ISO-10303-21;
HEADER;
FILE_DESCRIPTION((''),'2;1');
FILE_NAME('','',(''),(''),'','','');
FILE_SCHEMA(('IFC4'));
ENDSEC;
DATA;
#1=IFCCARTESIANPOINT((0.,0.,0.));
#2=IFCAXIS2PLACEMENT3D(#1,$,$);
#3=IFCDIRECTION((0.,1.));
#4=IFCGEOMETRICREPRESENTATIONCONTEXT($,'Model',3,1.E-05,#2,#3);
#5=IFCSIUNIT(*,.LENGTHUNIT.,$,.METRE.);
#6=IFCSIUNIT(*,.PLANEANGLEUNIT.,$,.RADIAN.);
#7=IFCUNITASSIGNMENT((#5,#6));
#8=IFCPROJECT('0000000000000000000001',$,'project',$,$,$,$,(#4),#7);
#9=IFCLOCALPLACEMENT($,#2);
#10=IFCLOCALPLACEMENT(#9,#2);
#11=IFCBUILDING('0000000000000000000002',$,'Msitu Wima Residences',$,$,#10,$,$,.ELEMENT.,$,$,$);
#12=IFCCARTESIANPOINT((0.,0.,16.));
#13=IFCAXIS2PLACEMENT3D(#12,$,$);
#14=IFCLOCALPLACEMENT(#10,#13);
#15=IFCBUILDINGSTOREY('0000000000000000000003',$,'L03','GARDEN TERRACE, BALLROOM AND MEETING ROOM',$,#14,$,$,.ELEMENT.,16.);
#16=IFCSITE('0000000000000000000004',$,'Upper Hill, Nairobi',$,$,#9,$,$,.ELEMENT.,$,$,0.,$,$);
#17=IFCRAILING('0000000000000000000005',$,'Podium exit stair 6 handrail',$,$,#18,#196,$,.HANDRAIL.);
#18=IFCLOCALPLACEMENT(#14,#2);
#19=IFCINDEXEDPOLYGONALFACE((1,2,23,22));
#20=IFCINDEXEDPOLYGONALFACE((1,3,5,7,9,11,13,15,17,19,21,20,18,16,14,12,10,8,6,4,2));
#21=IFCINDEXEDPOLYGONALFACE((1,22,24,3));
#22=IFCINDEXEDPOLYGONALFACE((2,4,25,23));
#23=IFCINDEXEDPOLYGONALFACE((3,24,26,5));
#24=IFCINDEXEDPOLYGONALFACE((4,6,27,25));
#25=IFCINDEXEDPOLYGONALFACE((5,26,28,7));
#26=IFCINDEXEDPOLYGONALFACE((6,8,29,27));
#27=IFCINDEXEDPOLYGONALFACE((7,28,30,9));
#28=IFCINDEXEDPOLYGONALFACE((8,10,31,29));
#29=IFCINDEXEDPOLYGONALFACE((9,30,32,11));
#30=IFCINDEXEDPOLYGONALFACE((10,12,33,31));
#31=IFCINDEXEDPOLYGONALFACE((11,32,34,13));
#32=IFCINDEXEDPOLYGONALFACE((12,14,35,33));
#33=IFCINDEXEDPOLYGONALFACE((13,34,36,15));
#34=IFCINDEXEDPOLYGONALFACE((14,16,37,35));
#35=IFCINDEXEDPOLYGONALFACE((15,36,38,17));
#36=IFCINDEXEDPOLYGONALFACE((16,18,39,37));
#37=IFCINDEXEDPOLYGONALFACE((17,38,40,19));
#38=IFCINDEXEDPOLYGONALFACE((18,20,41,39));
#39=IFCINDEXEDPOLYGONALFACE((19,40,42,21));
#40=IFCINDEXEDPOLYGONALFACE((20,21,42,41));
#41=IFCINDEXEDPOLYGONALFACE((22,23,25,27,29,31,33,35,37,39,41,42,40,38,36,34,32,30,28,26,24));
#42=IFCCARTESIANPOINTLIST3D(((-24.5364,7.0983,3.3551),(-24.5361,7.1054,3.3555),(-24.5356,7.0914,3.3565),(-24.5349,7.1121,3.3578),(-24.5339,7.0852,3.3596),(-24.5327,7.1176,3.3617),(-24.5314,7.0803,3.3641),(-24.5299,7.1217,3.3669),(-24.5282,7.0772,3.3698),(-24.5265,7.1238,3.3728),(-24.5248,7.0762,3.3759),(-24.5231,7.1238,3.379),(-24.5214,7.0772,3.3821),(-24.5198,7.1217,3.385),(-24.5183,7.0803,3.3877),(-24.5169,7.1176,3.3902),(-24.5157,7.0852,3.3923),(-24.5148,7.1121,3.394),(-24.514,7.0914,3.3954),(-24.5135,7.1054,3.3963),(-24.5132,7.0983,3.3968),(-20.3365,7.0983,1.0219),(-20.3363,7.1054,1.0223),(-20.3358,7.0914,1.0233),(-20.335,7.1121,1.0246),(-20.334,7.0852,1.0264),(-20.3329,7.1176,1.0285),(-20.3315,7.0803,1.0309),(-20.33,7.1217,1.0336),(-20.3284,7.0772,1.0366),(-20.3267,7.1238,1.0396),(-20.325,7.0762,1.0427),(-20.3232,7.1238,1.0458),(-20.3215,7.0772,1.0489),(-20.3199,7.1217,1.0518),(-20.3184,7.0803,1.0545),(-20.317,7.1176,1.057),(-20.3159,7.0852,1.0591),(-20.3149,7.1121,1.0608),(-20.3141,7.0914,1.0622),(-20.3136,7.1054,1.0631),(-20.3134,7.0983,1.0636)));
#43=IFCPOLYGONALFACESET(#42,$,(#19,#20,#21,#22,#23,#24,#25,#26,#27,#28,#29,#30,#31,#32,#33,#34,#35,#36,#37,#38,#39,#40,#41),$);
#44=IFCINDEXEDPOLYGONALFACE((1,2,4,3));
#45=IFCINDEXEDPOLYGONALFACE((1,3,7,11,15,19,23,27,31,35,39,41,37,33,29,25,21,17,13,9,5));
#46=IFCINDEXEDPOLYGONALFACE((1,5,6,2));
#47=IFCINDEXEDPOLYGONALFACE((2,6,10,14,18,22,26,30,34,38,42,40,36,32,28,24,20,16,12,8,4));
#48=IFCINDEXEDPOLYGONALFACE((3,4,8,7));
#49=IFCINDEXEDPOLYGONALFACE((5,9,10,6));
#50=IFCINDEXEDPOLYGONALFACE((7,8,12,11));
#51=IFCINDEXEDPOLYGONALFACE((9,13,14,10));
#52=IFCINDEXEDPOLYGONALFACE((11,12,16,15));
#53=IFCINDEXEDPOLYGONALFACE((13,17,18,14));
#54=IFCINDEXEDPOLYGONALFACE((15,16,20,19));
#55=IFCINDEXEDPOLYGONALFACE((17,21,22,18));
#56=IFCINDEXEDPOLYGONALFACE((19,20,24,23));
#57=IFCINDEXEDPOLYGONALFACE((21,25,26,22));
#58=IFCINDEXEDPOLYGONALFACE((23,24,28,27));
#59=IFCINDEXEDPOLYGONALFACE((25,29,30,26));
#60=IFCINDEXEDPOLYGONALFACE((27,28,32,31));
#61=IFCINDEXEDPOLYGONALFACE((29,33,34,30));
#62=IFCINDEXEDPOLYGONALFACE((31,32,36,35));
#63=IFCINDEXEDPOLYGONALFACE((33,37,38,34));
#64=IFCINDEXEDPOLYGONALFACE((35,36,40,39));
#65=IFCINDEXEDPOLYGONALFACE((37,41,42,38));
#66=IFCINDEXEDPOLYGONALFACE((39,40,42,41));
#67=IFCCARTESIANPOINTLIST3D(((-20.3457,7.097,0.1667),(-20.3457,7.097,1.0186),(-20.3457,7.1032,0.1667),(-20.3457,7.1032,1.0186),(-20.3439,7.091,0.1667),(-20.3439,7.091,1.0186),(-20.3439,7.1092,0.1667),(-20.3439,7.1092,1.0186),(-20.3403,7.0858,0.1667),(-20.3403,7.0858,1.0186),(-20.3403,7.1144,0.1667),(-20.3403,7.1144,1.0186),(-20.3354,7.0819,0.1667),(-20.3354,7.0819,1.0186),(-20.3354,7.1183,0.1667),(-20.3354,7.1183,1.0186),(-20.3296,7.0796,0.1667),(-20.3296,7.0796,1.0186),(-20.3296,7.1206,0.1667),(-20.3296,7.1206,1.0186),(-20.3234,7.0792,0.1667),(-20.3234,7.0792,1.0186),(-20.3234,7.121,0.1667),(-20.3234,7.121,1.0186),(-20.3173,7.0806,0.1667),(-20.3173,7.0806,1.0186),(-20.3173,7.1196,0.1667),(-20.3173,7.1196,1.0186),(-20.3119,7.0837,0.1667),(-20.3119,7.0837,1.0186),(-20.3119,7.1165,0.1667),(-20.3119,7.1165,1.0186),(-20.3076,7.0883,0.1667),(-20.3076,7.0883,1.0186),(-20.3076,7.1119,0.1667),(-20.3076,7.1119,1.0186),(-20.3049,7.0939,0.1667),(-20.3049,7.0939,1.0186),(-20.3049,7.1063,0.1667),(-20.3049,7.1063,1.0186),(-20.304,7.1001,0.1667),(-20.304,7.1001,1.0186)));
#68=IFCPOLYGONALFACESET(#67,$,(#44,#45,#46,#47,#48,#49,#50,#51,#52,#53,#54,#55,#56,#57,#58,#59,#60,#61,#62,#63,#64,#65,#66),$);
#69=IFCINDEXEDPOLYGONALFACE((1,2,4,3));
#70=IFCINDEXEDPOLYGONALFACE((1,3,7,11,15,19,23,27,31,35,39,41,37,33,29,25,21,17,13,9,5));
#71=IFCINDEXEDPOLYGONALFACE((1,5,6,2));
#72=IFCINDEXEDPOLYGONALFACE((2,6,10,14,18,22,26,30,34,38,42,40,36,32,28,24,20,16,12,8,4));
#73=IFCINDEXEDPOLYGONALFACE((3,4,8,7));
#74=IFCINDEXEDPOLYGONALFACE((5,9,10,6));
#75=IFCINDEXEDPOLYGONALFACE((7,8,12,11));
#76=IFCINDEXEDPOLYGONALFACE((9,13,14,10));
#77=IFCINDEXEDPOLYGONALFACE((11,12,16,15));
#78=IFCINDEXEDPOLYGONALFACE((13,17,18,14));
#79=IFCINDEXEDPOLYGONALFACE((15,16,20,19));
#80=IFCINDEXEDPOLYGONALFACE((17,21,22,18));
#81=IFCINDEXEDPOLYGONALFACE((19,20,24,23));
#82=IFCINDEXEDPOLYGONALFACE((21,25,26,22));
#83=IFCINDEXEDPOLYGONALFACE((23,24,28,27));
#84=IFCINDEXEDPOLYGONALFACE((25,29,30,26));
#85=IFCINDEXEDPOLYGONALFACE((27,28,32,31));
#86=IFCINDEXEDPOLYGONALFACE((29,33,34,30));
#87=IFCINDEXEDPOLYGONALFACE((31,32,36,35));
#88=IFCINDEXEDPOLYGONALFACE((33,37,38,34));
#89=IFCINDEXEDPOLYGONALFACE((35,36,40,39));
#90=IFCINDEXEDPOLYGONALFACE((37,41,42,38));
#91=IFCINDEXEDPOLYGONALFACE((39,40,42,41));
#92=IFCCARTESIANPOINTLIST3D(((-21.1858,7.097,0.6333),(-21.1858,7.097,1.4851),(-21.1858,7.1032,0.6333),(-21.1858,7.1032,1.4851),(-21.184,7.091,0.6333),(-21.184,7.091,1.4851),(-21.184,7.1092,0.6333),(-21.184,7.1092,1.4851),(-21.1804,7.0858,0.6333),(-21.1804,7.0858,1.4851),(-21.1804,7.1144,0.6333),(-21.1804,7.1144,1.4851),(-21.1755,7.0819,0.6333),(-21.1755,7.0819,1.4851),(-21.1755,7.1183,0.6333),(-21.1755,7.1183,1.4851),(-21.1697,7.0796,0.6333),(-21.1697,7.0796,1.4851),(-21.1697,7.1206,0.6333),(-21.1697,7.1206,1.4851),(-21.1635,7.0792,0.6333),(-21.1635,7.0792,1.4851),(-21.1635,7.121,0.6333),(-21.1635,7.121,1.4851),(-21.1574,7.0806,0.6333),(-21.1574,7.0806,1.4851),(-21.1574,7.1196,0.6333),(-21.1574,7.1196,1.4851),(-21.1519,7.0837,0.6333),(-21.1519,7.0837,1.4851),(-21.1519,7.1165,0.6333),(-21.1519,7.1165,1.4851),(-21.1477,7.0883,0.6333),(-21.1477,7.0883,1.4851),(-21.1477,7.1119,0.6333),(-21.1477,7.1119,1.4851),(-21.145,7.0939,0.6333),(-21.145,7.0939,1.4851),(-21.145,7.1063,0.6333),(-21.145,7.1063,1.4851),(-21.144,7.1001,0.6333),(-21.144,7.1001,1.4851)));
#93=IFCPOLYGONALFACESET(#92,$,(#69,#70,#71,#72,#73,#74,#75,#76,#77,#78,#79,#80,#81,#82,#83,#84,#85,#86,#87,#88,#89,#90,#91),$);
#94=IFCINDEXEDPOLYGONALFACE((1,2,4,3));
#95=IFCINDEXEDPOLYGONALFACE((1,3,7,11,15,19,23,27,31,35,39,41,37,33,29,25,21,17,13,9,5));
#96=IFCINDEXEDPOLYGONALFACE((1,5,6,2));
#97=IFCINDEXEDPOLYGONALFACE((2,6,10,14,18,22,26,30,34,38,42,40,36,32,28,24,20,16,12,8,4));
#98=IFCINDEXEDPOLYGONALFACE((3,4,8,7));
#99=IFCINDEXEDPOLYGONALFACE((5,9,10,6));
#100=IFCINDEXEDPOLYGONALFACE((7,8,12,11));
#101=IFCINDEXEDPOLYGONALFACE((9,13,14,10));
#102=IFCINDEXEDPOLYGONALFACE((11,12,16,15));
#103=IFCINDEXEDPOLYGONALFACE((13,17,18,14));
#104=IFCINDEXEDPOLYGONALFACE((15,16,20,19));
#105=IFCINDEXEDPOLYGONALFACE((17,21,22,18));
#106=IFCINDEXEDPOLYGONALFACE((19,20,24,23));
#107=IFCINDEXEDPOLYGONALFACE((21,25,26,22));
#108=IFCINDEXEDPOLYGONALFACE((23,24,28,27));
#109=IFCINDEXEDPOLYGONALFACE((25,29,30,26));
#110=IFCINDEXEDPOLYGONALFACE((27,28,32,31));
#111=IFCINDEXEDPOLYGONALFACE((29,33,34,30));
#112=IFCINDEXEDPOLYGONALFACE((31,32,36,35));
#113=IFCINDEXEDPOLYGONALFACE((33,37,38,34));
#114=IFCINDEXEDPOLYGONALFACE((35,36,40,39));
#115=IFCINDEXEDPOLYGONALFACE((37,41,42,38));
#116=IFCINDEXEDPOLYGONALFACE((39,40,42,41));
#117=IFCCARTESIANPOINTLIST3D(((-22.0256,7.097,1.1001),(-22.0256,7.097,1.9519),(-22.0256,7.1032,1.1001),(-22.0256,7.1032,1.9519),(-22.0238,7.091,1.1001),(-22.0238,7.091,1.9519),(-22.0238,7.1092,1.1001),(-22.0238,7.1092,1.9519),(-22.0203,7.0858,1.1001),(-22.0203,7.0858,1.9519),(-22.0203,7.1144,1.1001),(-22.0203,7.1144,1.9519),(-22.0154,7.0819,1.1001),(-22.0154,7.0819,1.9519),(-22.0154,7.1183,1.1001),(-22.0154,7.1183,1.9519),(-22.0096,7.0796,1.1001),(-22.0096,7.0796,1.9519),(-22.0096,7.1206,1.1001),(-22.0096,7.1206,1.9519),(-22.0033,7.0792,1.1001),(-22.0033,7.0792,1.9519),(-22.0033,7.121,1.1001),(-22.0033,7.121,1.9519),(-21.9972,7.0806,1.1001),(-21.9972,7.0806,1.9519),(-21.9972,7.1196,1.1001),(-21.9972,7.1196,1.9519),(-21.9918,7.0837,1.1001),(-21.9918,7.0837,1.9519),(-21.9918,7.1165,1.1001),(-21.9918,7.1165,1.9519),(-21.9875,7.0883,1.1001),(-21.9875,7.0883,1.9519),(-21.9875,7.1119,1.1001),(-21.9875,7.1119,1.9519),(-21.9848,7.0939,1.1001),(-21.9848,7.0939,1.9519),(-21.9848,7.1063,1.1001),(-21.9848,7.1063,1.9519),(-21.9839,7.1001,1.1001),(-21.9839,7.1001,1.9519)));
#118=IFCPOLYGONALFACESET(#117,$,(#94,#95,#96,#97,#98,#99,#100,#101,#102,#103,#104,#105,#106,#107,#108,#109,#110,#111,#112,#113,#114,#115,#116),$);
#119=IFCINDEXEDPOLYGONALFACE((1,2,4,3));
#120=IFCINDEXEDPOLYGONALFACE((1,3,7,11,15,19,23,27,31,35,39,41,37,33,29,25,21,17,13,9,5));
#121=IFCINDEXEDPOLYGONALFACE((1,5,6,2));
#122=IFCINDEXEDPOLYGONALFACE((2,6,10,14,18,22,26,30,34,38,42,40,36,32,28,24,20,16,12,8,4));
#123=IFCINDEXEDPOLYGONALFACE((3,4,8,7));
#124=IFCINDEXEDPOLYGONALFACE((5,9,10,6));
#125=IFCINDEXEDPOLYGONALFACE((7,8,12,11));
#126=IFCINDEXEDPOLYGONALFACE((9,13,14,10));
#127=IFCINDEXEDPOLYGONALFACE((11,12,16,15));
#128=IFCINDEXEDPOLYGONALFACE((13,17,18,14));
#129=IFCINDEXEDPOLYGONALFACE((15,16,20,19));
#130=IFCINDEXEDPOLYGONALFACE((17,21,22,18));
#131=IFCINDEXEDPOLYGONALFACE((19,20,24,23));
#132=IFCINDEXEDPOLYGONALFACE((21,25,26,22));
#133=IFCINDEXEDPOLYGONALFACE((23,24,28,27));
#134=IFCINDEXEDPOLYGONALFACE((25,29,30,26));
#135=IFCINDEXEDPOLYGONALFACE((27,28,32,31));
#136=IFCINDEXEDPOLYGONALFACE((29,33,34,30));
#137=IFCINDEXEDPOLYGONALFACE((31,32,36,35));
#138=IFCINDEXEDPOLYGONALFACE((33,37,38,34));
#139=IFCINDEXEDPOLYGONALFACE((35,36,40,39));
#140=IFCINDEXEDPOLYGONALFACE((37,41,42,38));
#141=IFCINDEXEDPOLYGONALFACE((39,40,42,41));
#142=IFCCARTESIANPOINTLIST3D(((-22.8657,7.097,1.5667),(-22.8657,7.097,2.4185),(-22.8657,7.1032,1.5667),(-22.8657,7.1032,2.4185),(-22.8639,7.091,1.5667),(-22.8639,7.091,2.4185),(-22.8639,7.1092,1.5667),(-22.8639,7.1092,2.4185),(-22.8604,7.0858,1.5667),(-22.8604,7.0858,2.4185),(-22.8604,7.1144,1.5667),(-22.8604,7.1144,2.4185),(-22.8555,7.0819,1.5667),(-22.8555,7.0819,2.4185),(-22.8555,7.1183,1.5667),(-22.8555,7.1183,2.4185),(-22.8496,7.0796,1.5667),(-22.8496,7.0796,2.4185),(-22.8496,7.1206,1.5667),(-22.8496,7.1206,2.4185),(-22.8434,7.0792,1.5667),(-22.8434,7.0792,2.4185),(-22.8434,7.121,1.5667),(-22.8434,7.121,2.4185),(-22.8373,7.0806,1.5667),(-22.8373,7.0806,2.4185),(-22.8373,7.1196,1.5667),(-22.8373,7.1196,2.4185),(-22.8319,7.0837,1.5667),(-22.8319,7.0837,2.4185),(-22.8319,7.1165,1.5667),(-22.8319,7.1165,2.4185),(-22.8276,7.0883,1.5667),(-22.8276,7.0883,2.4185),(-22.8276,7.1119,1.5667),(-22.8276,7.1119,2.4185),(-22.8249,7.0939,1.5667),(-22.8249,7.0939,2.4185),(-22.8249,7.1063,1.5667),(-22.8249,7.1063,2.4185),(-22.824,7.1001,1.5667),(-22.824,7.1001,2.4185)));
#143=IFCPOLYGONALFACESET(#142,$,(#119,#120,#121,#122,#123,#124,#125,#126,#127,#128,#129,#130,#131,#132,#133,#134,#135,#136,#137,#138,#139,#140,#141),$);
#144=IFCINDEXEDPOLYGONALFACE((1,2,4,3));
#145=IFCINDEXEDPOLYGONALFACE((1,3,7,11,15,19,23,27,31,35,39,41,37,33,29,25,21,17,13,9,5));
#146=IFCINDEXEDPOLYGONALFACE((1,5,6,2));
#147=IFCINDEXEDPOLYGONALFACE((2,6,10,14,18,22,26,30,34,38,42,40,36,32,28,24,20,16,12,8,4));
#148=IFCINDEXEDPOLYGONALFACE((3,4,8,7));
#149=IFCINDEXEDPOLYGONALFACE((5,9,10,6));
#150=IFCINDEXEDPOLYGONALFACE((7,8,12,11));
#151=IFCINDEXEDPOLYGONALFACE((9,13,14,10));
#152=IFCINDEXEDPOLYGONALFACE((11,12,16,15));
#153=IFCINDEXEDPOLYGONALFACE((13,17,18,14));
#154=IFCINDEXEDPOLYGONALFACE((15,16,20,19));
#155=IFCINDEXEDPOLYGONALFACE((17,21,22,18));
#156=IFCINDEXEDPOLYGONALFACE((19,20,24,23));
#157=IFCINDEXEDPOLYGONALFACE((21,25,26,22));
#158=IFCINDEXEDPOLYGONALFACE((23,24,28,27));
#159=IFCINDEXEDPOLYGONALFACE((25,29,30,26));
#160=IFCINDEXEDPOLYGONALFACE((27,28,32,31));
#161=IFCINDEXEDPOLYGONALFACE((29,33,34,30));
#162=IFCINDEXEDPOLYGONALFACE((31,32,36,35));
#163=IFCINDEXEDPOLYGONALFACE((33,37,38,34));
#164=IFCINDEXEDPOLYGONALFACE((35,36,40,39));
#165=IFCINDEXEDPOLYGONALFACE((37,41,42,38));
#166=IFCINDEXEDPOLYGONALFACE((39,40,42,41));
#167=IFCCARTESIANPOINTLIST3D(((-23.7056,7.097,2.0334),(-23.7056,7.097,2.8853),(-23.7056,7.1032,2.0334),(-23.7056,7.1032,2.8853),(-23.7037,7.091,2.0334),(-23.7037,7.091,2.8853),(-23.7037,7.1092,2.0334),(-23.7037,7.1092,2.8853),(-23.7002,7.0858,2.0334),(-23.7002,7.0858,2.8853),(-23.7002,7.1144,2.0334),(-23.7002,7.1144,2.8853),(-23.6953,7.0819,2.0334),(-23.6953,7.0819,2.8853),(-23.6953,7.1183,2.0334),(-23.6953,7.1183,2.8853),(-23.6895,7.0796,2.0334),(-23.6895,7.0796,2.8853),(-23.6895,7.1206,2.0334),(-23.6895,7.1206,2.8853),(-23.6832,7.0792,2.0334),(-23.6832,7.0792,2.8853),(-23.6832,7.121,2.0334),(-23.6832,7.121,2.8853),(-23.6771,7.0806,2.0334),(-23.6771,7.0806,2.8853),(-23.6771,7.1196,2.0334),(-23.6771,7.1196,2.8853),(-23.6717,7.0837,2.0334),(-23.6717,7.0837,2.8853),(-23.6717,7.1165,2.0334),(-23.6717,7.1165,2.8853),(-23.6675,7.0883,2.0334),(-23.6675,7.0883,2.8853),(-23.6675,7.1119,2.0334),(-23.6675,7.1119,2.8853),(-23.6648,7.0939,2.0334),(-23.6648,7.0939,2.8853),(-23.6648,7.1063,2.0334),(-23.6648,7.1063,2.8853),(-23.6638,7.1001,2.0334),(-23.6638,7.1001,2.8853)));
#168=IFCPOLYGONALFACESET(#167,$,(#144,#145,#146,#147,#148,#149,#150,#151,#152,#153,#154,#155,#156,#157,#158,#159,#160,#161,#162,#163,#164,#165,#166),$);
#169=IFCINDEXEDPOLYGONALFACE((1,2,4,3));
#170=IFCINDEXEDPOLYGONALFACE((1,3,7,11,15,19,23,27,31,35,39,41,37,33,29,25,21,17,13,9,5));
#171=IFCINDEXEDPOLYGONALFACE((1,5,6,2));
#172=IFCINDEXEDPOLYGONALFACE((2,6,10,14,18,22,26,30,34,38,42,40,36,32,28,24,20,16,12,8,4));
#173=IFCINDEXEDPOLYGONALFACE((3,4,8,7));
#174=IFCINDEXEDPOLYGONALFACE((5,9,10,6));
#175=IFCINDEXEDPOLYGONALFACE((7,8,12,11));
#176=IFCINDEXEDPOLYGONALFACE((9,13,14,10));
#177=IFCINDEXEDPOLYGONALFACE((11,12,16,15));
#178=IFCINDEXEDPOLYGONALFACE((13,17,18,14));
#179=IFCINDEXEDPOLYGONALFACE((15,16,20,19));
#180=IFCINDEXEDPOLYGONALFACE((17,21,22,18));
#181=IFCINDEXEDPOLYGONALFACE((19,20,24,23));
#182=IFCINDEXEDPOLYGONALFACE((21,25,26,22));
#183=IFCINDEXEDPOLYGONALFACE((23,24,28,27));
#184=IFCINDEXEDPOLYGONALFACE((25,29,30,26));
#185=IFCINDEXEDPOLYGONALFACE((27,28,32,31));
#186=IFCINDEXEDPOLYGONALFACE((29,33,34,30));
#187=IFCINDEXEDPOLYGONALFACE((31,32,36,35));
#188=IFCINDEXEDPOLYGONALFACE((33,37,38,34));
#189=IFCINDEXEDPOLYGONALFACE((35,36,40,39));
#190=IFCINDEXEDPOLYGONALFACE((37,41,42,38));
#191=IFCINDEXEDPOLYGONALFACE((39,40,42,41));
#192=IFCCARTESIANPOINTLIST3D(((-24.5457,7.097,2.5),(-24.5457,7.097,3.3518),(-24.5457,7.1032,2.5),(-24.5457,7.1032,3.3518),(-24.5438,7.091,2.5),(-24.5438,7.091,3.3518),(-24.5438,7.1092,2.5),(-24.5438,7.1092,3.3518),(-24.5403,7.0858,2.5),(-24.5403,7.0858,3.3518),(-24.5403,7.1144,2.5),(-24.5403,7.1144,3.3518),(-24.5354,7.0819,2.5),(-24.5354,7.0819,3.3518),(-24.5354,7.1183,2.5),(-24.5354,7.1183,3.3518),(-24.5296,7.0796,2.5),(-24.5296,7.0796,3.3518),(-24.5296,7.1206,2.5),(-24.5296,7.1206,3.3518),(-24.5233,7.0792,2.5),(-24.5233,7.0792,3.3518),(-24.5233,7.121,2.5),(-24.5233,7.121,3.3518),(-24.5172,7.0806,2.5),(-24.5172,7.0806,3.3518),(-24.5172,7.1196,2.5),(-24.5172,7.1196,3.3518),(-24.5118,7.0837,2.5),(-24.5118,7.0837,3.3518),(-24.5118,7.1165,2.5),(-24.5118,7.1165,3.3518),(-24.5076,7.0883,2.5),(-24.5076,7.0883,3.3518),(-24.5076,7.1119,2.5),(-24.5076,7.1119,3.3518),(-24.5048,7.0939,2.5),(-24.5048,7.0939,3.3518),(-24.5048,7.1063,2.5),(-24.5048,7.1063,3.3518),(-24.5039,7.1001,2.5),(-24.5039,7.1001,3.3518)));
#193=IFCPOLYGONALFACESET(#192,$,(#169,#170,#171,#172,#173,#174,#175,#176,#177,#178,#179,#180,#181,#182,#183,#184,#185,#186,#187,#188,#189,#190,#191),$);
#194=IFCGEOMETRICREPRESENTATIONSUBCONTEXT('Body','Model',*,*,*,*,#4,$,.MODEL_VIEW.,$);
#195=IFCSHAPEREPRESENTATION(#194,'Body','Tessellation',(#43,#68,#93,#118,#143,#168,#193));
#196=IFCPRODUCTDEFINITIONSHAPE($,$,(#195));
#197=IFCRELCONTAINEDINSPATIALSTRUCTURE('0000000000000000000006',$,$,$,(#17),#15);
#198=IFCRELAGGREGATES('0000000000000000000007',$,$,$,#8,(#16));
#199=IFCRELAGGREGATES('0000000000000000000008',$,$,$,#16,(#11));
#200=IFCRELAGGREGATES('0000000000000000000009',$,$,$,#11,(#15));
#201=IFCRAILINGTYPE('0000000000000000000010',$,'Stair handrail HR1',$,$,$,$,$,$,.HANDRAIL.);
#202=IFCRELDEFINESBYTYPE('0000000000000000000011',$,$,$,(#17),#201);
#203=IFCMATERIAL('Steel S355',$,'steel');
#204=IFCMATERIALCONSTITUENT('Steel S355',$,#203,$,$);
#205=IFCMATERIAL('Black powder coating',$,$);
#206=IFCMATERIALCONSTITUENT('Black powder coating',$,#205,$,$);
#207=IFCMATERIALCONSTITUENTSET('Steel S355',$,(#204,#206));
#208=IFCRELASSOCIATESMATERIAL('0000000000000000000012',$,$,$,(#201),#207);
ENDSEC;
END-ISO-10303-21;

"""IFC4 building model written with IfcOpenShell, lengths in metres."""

from ifc_helpers import new_model, si_unit, direction, frame, origin, origin_2d, place, context, subcontext, project, spatial, circle, extrude, material, constituent, constituent_set, type_object, element, save


model = new_model("IFC4")

# Units and contexts
model_context = context("Model", 3, precision=1e-05, world=origin(), true_north=direction((0.0, 1.0)))
body_context = subcontext(model_context, "Body", "Model", "MODEL_VIEW")
ifc_project = project(units=[si_unit("LENGTHUNIT", "METRE"), si_unit("PLANEANGLEUNIT", "RADIAN")], contexts=[model_context])

# Site, building, storey
site_placement = place(None, origin())
site = spatial("IfcSite", under=ifc_project, at=site_placement, Name="Upper Hill, Nairobi", CompositionType="ELEMENT", RefElevation=0.0)
building_placement = place(site_placement, origin())
building = spatial("IfcBuilding", under=site, at=building_placement, Name="Msitu Wima Residences", CompositionType="ELEMENT")
storey_placement = place(building_placement, frame((0.0, 0.0, 16.0)))
storey = spatial("IfcBuildingStorey", under=building, at=storey_placement, Name="L03", Description="GARDEN TERRACE, BALLROOM AND MEETING ROOM", CompositionType="ELEMENT", Elevation=16.0)

# Railing
ifc_material_1 = material(Name="Steel S355", Category="steel")
ifc_constituent_1 = constituent(ifc_material_1, Name="Steel S355")
ifc_material_2 = material(Name="Black powder coating")
ifc_constituent_2 = constituent(ifc_material_2, Name="Black powder coating")
ifc_constituent_set = constituent_set(constituents=[ifc_constituent_1, ifc_constituent_2], Name="Steel S355")
railing_type = type_object("IfcRailingType", Name="Stair handrail HR1", PredefinedType="HANDRAIL", material=ifc_constituent_set)
for number, where, name in (
    (1, (-20.325, 7.1001, 0.1667), "Podium exit stair 6 handrail"),
):
    element("IfcRailing", number, at=place(storey_placement, frame(where)), inside=storey, type_object=railing_type, Name=name, PredefinedType="HANDRAIL", context=body_context, shape_type="SweptSolid", body=[
        extrude(circle(Radius=0.0239, at=origin_2d()), frame((0.0, 0.0, 0.876), z_axis=(-0.874162, 0.0, 0.485634), x_axis=(0.0, -1.0, 0.0)), (0.0, 0.0, 1.0), 4.8044),
        extrude(circle(Radius=0.021, at=origin_2d()), origin(), (0.0, 0.0, 1.0), 0.8518),
        extrude(circle(Radius=0.021, at=origin_2d()), frame((-0.8401, 0.0, 0.4666)), (0.0, 0.0, 1.0), 0.8518),
        extrude(circle(Radius=0.021, at=origin_2d()), frame((-1.6799, 0.0, 0.9333)), (0.0, 0.0, 1.0), 0.8518),
        extrude(circle(Radius=0.021, at=origin_2d()), frame((-2.52, 0.0, 1.3999)), (0.0, 0.0, 1.0), 0.8518),
        extrude(circle(Radius=0.021, at=origin_2d()), frame((-3.3599, 0.0, 1.8667)), (0.0, 0.0, 1.0), 0.8518),
        extrude(circle(Radius=0.021, at=origin_2d()), frame((-4.2, 0.0, 2.3333)), (0.0, 0.0, 1.0), 0.8518),
    ])

save(model, "model.ifc")
